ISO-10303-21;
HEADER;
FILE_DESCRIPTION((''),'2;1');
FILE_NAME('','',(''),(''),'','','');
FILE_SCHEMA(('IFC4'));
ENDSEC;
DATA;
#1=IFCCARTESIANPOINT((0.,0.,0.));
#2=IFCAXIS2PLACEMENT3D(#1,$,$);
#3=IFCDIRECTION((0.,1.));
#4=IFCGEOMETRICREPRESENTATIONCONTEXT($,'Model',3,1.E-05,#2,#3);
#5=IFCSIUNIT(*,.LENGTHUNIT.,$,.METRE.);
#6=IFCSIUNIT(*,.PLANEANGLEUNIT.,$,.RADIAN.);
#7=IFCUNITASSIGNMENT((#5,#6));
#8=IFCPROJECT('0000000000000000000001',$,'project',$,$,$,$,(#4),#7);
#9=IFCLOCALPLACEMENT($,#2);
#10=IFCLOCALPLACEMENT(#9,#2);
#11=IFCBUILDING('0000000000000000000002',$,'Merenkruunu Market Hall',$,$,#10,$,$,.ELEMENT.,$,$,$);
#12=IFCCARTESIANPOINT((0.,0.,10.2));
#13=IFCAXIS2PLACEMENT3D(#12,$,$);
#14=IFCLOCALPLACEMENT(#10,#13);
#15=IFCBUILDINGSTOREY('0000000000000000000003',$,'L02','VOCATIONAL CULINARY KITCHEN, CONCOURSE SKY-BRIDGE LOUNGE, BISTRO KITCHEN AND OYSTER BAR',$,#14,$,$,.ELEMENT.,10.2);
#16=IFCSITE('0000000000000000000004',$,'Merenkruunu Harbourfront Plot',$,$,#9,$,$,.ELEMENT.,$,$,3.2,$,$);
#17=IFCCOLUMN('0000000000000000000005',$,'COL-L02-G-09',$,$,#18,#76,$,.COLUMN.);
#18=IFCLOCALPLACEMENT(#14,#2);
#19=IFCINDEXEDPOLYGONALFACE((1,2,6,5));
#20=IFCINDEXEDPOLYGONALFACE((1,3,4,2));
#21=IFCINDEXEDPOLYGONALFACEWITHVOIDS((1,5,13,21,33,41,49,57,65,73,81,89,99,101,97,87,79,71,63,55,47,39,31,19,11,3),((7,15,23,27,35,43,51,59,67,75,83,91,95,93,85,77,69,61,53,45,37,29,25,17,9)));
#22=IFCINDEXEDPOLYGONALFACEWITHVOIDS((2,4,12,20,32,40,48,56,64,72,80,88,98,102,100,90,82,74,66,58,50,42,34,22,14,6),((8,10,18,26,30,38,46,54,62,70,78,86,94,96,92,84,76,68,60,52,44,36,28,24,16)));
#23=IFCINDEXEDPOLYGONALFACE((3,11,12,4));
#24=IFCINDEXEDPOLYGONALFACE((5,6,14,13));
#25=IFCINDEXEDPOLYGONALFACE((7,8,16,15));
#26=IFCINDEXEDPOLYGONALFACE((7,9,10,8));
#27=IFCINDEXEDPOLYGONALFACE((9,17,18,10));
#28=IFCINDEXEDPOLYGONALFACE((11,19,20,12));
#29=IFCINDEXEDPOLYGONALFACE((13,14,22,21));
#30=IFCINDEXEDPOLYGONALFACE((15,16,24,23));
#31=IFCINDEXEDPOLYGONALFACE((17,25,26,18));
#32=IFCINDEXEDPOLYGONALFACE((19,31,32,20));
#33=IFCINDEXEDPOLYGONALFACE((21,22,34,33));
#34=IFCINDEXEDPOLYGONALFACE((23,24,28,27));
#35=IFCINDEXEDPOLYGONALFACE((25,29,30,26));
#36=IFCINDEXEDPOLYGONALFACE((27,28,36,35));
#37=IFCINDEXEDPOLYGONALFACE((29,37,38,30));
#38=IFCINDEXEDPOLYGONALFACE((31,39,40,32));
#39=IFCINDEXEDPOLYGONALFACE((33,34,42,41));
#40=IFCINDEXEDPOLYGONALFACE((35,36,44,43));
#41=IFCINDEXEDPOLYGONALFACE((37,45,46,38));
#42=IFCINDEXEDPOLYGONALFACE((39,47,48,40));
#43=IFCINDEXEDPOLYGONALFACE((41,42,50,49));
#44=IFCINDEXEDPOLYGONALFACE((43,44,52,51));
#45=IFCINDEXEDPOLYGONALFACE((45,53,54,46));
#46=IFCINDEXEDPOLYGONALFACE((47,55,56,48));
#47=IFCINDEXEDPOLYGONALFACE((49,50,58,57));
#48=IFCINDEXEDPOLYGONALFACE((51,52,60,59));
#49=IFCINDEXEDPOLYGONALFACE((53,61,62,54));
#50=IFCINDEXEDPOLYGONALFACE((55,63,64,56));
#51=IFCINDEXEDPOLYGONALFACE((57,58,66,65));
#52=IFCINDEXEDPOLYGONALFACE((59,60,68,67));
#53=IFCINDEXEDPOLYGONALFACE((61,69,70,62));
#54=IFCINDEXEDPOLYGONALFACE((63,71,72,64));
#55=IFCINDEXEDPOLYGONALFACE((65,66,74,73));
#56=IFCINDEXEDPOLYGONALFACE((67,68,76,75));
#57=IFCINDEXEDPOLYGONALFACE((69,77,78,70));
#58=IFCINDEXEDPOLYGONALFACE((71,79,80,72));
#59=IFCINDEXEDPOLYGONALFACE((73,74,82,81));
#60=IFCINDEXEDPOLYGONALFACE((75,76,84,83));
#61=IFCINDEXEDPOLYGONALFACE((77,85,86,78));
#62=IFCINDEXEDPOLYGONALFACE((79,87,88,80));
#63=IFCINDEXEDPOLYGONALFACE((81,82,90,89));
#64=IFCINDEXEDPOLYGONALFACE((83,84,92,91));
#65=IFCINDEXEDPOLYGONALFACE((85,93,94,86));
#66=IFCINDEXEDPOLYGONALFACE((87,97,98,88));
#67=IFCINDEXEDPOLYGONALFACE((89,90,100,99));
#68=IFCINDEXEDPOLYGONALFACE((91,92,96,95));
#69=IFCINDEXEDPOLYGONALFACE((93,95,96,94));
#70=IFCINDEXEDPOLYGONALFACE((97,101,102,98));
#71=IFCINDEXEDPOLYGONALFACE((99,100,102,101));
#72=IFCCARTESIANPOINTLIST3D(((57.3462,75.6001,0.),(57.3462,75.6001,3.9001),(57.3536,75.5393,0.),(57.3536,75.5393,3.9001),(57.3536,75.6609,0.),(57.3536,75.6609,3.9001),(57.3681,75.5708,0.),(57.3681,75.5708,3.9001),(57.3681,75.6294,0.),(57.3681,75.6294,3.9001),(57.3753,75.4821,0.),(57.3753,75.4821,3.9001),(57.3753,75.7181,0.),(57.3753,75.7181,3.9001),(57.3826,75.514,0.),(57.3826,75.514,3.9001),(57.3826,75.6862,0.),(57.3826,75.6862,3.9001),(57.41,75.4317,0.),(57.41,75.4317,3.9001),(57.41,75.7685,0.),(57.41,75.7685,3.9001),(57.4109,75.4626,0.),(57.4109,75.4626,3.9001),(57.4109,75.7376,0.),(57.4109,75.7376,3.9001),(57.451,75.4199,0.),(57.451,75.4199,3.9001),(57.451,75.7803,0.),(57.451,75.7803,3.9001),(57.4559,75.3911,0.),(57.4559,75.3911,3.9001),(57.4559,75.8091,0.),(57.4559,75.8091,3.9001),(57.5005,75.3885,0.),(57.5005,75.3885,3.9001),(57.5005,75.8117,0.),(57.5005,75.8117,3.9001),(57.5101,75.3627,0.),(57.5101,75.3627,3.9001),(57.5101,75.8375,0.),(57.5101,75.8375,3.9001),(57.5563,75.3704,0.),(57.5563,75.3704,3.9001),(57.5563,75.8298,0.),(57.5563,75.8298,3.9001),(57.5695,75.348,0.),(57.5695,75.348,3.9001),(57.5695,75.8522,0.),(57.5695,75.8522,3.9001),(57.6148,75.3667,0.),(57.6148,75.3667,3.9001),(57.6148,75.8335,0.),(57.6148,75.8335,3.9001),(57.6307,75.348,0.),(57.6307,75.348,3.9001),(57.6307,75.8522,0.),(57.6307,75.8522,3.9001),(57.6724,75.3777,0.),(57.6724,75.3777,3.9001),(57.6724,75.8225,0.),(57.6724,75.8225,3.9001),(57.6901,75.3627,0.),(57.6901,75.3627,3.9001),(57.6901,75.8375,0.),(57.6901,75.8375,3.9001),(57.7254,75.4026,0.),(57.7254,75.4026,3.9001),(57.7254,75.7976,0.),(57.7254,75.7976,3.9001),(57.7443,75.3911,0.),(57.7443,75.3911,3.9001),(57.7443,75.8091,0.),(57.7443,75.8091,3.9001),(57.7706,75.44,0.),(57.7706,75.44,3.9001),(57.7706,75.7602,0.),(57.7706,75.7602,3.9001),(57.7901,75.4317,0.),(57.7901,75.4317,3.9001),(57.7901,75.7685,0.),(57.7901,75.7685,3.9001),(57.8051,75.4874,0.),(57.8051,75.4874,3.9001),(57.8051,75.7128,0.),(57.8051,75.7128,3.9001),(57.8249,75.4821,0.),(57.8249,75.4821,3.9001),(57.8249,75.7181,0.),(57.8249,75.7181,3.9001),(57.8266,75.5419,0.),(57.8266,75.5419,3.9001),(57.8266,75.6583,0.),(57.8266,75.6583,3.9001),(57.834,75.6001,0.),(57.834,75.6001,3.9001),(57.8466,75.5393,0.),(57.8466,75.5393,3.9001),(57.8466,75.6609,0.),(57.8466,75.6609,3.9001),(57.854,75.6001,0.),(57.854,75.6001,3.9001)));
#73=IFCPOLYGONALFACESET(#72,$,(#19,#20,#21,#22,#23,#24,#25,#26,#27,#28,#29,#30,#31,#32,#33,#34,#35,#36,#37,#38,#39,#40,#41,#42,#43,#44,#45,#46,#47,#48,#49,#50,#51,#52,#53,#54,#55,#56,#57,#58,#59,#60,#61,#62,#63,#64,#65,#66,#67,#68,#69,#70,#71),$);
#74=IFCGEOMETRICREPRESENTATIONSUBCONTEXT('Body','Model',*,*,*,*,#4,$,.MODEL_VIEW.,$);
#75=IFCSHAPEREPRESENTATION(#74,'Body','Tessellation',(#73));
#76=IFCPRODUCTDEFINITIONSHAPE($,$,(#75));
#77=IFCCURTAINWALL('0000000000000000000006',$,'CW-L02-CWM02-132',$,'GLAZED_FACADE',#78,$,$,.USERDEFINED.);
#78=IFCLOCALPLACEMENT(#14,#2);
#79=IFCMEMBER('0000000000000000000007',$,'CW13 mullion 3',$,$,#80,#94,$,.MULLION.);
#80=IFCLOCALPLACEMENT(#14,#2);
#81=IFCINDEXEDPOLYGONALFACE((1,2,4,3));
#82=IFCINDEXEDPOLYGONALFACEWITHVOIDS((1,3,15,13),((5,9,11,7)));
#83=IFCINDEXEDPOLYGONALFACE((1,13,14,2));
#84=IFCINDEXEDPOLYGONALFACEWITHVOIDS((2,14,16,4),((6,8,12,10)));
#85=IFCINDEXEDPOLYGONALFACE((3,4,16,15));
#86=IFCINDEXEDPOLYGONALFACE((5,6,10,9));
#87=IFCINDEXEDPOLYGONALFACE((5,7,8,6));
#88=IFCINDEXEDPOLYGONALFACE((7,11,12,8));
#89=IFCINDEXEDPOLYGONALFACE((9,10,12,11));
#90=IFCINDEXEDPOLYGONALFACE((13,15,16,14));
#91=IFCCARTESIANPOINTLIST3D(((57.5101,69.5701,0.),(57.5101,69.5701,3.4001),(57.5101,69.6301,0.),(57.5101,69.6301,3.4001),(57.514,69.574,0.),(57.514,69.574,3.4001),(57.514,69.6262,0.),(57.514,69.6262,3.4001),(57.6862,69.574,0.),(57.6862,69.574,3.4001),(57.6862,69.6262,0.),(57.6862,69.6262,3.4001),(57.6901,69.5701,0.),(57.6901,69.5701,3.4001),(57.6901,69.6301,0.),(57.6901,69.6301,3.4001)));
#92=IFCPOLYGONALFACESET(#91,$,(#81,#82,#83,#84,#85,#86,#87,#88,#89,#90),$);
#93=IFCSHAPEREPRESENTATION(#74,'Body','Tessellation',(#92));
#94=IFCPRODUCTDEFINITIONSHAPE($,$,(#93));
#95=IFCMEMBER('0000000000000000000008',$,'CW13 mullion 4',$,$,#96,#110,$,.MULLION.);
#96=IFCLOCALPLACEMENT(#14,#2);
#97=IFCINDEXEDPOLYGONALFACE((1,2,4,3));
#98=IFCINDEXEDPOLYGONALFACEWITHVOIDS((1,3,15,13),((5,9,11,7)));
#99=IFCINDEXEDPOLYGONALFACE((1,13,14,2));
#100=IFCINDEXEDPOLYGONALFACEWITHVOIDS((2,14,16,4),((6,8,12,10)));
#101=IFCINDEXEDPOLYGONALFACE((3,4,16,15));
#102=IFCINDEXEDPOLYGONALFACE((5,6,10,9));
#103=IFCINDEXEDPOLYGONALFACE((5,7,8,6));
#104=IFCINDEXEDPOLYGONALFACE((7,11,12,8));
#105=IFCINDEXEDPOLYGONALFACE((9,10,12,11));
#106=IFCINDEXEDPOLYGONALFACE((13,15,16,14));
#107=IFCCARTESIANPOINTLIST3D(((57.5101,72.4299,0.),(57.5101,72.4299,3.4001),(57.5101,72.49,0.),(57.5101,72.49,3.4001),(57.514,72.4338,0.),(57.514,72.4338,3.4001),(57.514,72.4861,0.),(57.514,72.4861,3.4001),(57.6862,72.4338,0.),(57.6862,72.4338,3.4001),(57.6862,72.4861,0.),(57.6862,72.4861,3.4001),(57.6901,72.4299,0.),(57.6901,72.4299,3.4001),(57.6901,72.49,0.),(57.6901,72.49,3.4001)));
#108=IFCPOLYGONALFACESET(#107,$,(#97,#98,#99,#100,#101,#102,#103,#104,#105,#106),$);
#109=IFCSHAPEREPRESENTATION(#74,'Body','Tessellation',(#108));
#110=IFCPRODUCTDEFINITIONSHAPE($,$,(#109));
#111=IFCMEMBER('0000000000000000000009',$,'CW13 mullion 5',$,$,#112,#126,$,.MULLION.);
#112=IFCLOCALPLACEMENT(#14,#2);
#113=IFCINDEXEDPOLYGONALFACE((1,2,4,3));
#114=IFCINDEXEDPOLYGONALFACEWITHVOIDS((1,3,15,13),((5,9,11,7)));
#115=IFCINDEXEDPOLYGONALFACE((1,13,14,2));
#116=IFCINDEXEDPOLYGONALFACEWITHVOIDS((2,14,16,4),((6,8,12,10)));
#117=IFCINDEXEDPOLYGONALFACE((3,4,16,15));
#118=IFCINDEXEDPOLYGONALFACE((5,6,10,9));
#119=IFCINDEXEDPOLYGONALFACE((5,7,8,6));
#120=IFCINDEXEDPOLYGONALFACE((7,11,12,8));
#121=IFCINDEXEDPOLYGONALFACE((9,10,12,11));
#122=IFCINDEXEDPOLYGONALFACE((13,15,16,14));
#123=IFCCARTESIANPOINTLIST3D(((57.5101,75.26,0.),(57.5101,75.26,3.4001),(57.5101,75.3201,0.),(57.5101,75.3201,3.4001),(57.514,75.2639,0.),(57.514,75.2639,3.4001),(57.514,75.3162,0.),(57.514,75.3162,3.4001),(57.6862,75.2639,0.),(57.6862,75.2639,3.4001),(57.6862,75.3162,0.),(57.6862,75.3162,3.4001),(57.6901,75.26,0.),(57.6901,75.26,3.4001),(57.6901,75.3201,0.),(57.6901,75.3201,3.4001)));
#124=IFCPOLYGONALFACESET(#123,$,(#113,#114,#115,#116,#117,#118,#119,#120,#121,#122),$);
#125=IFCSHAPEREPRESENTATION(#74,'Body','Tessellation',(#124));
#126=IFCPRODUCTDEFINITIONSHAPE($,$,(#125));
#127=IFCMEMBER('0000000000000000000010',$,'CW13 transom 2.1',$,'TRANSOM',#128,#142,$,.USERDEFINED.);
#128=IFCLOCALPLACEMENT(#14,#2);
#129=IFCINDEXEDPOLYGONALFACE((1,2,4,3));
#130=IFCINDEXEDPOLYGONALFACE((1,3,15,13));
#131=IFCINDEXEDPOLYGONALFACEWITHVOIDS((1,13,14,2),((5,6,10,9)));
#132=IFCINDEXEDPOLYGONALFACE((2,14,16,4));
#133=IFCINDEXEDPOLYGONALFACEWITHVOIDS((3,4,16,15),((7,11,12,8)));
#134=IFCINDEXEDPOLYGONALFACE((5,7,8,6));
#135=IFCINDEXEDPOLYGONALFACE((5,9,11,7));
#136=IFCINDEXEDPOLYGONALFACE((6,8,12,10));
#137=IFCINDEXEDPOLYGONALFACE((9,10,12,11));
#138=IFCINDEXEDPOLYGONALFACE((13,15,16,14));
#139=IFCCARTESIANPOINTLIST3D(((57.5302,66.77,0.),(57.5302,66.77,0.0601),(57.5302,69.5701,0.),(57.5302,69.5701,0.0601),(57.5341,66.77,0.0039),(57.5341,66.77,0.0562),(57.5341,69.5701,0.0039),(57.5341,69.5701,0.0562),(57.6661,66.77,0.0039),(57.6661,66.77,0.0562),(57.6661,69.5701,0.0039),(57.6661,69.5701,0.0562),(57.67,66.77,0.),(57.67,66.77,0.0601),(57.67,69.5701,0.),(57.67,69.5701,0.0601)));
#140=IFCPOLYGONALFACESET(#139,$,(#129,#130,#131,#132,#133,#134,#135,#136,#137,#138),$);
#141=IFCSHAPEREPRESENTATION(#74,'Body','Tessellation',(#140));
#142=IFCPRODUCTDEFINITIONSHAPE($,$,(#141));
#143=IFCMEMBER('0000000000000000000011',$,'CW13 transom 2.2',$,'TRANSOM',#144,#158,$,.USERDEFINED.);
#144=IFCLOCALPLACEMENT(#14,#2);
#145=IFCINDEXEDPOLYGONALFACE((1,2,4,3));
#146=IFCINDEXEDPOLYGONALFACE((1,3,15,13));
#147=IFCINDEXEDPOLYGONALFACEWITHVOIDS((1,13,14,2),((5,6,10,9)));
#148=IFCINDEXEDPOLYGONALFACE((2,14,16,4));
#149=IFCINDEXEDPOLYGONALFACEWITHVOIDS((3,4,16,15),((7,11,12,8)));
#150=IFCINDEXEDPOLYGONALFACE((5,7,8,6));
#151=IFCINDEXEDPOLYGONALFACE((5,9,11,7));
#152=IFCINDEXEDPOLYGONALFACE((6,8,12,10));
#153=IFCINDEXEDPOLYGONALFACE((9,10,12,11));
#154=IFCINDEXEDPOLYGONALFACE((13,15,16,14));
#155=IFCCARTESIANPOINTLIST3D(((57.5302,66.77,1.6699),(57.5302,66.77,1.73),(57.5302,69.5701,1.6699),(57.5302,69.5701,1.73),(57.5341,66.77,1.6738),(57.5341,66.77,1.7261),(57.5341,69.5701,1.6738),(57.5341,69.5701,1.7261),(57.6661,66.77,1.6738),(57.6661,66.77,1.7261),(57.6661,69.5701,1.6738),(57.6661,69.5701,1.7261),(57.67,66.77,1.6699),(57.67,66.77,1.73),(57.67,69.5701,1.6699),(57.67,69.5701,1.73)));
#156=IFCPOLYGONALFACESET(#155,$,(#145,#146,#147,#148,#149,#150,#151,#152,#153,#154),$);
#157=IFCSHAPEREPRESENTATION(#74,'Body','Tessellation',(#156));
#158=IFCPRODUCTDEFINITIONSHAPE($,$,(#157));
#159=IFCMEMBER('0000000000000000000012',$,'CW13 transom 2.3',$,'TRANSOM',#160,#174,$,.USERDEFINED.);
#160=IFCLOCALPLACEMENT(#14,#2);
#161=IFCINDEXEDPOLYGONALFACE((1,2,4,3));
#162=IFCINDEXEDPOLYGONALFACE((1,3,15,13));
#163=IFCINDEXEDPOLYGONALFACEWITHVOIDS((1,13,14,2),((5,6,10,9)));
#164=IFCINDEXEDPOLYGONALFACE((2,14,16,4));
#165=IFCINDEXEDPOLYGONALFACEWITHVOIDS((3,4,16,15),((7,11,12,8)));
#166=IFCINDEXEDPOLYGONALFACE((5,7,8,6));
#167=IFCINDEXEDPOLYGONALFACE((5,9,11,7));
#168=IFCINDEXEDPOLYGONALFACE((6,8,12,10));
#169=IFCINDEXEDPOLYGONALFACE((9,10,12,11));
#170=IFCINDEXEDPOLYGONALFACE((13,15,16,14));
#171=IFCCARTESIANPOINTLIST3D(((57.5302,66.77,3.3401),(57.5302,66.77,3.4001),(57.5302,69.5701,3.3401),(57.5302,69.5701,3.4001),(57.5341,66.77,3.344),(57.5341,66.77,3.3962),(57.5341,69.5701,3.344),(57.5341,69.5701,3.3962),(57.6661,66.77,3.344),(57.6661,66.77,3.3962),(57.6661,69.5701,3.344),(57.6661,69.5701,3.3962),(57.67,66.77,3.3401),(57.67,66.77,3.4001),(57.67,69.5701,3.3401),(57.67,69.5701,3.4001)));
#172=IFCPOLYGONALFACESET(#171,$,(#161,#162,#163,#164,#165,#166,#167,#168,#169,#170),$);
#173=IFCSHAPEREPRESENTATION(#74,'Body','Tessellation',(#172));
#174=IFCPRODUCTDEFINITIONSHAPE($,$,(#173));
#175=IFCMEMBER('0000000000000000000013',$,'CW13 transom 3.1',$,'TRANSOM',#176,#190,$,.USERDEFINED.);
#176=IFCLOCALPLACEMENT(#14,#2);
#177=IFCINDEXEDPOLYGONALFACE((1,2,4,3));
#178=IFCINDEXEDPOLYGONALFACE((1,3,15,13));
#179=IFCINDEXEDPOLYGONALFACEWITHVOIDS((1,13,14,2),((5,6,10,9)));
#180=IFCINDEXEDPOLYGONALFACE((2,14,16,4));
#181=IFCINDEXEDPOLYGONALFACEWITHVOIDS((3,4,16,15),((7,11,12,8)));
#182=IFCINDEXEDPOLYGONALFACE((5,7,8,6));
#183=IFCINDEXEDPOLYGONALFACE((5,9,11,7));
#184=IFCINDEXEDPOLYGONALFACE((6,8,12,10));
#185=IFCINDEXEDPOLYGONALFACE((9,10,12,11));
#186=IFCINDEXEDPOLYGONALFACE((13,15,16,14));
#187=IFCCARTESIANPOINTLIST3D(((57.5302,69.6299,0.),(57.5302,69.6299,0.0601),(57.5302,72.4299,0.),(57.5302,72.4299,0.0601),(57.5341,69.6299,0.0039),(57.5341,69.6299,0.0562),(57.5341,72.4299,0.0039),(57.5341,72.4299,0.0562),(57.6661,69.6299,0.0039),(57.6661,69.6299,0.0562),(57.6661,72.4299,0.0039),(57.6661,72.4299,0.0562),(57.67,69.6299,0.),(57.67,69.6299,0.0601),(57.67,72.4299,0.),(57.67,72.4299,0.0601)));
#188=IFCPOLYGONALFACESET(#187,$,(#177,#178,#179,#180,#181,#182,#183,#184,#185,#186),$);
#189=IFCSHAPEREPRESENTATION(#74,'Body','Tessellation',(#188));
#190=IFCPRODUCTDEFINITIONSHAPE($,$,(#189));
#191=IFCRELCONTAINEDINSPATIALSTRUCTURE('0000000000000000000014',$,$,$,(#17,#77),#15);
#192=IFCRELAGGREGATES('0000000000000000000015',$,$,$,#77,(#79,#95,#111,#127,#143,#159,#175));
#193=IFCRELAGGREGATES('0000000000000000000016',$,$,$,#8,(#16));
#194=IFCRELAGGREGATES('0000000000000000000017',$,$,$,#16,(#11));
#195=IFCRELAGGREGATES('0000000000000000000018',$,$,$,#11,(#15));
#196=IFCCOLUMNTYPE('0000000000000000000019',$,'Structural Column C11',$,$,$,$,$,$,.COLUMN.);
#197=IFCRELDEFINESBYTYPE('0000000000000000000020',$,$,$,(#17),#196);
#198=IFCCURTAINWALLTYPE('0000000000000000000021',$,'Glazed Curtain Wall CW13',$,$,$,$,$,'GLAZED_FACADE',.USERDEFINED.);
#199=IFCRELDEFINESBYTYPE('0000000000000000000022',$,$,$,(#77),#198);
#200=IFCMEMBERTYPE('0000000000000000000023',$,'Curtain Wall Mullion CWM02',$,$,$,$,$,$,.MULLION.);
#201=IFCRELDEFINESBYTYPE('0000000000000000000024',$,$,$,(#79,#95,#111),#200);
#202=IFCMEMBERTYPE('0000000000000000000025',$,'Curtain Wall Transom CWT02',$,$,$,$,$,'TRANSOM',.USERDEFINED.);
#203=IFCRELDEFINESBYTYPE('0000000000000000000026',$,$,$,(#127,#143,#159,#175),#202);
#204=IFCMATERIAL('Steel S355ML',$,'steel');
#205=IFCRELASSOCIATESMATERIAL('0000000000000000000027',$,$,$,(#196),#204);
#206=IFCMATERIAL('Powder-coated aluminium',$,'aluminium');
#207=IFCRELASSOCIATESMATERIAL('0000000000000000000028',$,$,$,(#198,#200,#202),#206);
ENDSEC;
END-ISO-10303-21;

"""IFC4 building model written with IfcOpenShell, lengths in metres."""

from ifc_helpers import new_model, si_unit, direction, frame, origin, origin_2d, place, context, subcontext, project, spatial, hollow_rectangle, hollow_circle, extrude, material, material_profile, profile_set, type_object, element, aggregate, save


model = new_model("IFC4")

# Units and contexts
model_context = context("Model", 3, precision=1e-05, world=origin(), true_north=direction((0.0, 1.0)))
body_context = subcontext(model_context, "Body", "Model", "MODEL_VIEW")
ifc_project = project(units=[si_unit("LENGTHUNIT", "METRE"), si_unit("PLANEANGLEUNIT", "RADIAN")], contexts=[model_context])

# Site, building, storey
site_placement = place(None, origin())
site = spatial("IfcSite", under=ifc_project, at=site_placement, Name="Merenkruunu Harbourfront Plot", CompositionType="ELEMENT", RefElevation=3.2)
building_placement = place(site_placement, origin())
building = spatial("IfcBuilding", under=site, at=building_placement, Name="Merenkruunu Market Hall", CompositionType="ELEMENT")
storey_placement = place(building_placement, frame((0.0, 0.0, 10.2)))
storey = spatial("IfcBuildingStorey", under=building, at=storey_placement, Name="L02", Description="VOCATIONAL CULINARY KITCHEN, CONCOURSE SKY-BRIDGE LOUNGE, BISTRO KITCHEN AND OYSTER BAR", CompositionType="ELEMENT", Elevation=10.2)

# Column
ifc_material_1 = material(Name="Steel S355ML", Category="steel")
ifc_material_profile_1 = material_profile(ifc_material_1, hollow_circle(Radius=0.2539, WallThickness=0.02, at=origin_2d()), Name="CHS 508x20")
ifc_profile_set_1 = profile_set([ifc_material_profile_1], Name="Steel S355ML")
column_type = type_object("IfcColumnType", Name="Structural Column C11", PredefinedType="COLUMN", material=ifc_profile_set_1)
column_placement = place(storey_placement, frame((57.6001, 75.6001, 0.0), z_axis=(0.0, 0.0, 1.0), x_axis=(1.0, 0.0, 0.0)))
element("IfcColumn", 1, at=column_placement, inside=storey, type_object=column_type, Name="COL-L02-G-09", PredefinedType="COLUMN", context=body_context, shape_type="SweptSolid", body=[
    extrude(hollow_circle(Radius=0.2539, WallThickness=0.02, at=origin_2d()), origin(), (0.0, 0.0, 1.0), 3.9001),
])

# Curtain wall, members
ifc_material_2 = material(Name="Powder-coated aluminium", Category="aluminium")
curtain_wall_type = type_object("IfcCurtainWallType", Name="Glazed Curtain Wall CW13", ElementType="GLAZED_FACADE", PredefinedType="USERDEFINED", material=ifc_material_2)
curtain_wall_placement = place(storey_placement, origin())
curtain_wall = element("IfcCurtainWall", 2, at=curtain_wall_placement, inside=storey, type_object=curtain_wall_type, Name="CW-L02-CWM02-132", ObjectType="GLAZED_FACADE", PredefinedType="USERDEFINED")
ifc_material_profile_2 = material_profile(ifc_material_2, hollow_rectangle(XDim=0.0601, YDim=0.1799, WallThickness=0.0039, at=origin_2d()), Name="ALU 60x180x4")
ifc_profile_set_2 = profile_set([ifc_material_profile_2], Name="Powder-coated aluminium")
member_type_1 = type_object("IfcMemberType", Name="Curtain Wall Mullion CWM02", PredefinedType="MULLION", material=ifc_profile_set_2)
member_1_placement = place(storey_placement, frame((57.6001, 69.6001, 0.0), z_axis=(0.0, 0.0, 1.0), x_axis=(0.0, 1.0, 0.0)))
member_1 = element("IfcMember", 3, at=member_1_placement, type_object=member_type_1, Name="CW13 mullion 3", PredefinedType="MULLION", context=body_context, shape_type="SweptSolid", body=[
    extrude(hollow_rectangle(XDim=0.0601, YDim=0.1799, WallThickness=0.0039, at=origin_2d()), origin(), (0.0, 0.0, 1.0), 3.4001),
])
member_2_placement = place(storey_placement, frame((57.6001, 72.46, 0.0), z_axis=(0.0, 0.0, 1.0), x_axis=(0.0, 1.0, 0.0)))
member_2 = element("IfcMember", 4, at=member_2_placement, type_object=member_type_1, Name="CW13 mullion 4", PredefinedType="MULLION", context=body_context, shape_type="SweptSolid", body=[
    extrude(hollow_rectangle(XDim=0.0601, YDim=0.1799, WallThickness=0.0039, at=origin_2d()), origin(), (0.0, 0.0, 1.0), 3.4001),
])
member_3_placement = place(storey_placement, frame((57.6001, 75.29, 0.0), z_axis=(0.0, 0.0, 1.0), x_axis=(0.0, 1.0, 0.0)))
member_3 = element("IfcMember", 5, at=member_3_placement, type_object=member_type_1, Name="CW13 mullion 5", PredefinedType="MULLION", context=body_context, shape_type="SweptSolid", body=[
    extrude(hollow_rectangle(XDim=0.0601, YDim=0.1799, WallThickness=0.0039, at=origin_2d()), origin(), (0.0, 0.0, 1.0), 3.4001),
])
ifc_material_profile_3 = material_profile(ifc_material_2, hollow_rectangle(XDim=0.0601, YDim=0.1399, WallThickness=0.0039, at=origin_2d()), Name="ALU 60x140x4")
ifc_profile_set_3 = profile_set([ifc_material_profile_3], Name="Powder-coated aluminium")
member_type_2 = type_object("IfcMemberType", Name="Curtain Wall Transom CWT02", ElementType="TRANSOM", PredefinedType="USERDEFINED", material=ifc_profile_set_3)
member_4_placement = place(storey_placement, frame((57.6001, 66.77, 0.03), z_axis=(0.0, 1.0, 0.0), x_axis=(0.0, 0.0, 1.0)))
member_4 = element("IfcMember", 6, at=member_4_placement, type_object=member_type_2, Name="CW13 transom 2.1", ObjectType="TRANSOM", PredefinedType="USERDEFINED", context=body_context, shape_type="SweptSolid", body=[
    extrude(hollow_rectangle(XDim=0.0601, YDim=0.1399, WallThickness=0.0039, at=origin_2d()), origin(), (0.0, 0.0, 1.0), 2.8),
])
member_5_placement = place(storey_placement, frame((57.6001, 66.77, 1.7), z_axis=(0.0, 1.0, 0.0), x_axis=(0.0, 0.0, 1.0)))
member_5 = element("IfcMember", 7, at=member_5_placement, type_object=member_type_2, Name="CW13 transom 2.2", ObjectType="TRANSOM", PredefinedType="USERDEFINED", context=body_context, shape_type="SweptSolid", body=[
    extrude(hollow_rectangle(XDim=0.0601, YDim=0.1399, WallThickness=0.0039, at=origin_2d()), origin(), (0.0, 0.0, 1.0), 2.8),
])
member_6_placement = place(storey_placement, frame((57.6001, 66.77, 3.3701), z_axis=(0.0, 1.0, 0.0), x_axis=(0.0, 0.0, 1.0)))
member_6 = element("IfcMember", 8, at=member_6_placement, type_object=member_type_2, Name="CW13 transom 2.3", ObjectType="TRANSOM", PredefinedType="USERDEFINED", context=body_context, shape_type="SweptSolid", body=[
    extrude(hollow_rectangle(XDim=0.0601, YDim=0.1399, WallThickness=0.0039, at=origin_2d()), origin(), (0.0, 0.0, 1.0), 2.8),
])
member_7_placement = place(storey_placement, frame((57.6001, 69.6299, 0.03), z_axis=(0.0, 1.0, 0.0), x_axis=(0.0, 0.0, 1.0)))
member_7 = element("IfcMember", 9, at=member_7_placement, type_object=member_type_2, Name="CW13 transom 3.1", ObjectType="TRANSOM", PredefinedType="USERDEFINED", context=body_context, shape_type="SweptSolid", body=[
    extrude(hollow_rectangle(XDim=0.0601, YDim=0.1399, WallThickness=0.0039, at=origin_2d()), origin(), (0.0, 0.0, 1.0), 2.8),
])

aggregate(curtain_wall, [member_1, member_2, member_3, member_4, member_5, member_6, member_7])

save(model, "model.ifc")
